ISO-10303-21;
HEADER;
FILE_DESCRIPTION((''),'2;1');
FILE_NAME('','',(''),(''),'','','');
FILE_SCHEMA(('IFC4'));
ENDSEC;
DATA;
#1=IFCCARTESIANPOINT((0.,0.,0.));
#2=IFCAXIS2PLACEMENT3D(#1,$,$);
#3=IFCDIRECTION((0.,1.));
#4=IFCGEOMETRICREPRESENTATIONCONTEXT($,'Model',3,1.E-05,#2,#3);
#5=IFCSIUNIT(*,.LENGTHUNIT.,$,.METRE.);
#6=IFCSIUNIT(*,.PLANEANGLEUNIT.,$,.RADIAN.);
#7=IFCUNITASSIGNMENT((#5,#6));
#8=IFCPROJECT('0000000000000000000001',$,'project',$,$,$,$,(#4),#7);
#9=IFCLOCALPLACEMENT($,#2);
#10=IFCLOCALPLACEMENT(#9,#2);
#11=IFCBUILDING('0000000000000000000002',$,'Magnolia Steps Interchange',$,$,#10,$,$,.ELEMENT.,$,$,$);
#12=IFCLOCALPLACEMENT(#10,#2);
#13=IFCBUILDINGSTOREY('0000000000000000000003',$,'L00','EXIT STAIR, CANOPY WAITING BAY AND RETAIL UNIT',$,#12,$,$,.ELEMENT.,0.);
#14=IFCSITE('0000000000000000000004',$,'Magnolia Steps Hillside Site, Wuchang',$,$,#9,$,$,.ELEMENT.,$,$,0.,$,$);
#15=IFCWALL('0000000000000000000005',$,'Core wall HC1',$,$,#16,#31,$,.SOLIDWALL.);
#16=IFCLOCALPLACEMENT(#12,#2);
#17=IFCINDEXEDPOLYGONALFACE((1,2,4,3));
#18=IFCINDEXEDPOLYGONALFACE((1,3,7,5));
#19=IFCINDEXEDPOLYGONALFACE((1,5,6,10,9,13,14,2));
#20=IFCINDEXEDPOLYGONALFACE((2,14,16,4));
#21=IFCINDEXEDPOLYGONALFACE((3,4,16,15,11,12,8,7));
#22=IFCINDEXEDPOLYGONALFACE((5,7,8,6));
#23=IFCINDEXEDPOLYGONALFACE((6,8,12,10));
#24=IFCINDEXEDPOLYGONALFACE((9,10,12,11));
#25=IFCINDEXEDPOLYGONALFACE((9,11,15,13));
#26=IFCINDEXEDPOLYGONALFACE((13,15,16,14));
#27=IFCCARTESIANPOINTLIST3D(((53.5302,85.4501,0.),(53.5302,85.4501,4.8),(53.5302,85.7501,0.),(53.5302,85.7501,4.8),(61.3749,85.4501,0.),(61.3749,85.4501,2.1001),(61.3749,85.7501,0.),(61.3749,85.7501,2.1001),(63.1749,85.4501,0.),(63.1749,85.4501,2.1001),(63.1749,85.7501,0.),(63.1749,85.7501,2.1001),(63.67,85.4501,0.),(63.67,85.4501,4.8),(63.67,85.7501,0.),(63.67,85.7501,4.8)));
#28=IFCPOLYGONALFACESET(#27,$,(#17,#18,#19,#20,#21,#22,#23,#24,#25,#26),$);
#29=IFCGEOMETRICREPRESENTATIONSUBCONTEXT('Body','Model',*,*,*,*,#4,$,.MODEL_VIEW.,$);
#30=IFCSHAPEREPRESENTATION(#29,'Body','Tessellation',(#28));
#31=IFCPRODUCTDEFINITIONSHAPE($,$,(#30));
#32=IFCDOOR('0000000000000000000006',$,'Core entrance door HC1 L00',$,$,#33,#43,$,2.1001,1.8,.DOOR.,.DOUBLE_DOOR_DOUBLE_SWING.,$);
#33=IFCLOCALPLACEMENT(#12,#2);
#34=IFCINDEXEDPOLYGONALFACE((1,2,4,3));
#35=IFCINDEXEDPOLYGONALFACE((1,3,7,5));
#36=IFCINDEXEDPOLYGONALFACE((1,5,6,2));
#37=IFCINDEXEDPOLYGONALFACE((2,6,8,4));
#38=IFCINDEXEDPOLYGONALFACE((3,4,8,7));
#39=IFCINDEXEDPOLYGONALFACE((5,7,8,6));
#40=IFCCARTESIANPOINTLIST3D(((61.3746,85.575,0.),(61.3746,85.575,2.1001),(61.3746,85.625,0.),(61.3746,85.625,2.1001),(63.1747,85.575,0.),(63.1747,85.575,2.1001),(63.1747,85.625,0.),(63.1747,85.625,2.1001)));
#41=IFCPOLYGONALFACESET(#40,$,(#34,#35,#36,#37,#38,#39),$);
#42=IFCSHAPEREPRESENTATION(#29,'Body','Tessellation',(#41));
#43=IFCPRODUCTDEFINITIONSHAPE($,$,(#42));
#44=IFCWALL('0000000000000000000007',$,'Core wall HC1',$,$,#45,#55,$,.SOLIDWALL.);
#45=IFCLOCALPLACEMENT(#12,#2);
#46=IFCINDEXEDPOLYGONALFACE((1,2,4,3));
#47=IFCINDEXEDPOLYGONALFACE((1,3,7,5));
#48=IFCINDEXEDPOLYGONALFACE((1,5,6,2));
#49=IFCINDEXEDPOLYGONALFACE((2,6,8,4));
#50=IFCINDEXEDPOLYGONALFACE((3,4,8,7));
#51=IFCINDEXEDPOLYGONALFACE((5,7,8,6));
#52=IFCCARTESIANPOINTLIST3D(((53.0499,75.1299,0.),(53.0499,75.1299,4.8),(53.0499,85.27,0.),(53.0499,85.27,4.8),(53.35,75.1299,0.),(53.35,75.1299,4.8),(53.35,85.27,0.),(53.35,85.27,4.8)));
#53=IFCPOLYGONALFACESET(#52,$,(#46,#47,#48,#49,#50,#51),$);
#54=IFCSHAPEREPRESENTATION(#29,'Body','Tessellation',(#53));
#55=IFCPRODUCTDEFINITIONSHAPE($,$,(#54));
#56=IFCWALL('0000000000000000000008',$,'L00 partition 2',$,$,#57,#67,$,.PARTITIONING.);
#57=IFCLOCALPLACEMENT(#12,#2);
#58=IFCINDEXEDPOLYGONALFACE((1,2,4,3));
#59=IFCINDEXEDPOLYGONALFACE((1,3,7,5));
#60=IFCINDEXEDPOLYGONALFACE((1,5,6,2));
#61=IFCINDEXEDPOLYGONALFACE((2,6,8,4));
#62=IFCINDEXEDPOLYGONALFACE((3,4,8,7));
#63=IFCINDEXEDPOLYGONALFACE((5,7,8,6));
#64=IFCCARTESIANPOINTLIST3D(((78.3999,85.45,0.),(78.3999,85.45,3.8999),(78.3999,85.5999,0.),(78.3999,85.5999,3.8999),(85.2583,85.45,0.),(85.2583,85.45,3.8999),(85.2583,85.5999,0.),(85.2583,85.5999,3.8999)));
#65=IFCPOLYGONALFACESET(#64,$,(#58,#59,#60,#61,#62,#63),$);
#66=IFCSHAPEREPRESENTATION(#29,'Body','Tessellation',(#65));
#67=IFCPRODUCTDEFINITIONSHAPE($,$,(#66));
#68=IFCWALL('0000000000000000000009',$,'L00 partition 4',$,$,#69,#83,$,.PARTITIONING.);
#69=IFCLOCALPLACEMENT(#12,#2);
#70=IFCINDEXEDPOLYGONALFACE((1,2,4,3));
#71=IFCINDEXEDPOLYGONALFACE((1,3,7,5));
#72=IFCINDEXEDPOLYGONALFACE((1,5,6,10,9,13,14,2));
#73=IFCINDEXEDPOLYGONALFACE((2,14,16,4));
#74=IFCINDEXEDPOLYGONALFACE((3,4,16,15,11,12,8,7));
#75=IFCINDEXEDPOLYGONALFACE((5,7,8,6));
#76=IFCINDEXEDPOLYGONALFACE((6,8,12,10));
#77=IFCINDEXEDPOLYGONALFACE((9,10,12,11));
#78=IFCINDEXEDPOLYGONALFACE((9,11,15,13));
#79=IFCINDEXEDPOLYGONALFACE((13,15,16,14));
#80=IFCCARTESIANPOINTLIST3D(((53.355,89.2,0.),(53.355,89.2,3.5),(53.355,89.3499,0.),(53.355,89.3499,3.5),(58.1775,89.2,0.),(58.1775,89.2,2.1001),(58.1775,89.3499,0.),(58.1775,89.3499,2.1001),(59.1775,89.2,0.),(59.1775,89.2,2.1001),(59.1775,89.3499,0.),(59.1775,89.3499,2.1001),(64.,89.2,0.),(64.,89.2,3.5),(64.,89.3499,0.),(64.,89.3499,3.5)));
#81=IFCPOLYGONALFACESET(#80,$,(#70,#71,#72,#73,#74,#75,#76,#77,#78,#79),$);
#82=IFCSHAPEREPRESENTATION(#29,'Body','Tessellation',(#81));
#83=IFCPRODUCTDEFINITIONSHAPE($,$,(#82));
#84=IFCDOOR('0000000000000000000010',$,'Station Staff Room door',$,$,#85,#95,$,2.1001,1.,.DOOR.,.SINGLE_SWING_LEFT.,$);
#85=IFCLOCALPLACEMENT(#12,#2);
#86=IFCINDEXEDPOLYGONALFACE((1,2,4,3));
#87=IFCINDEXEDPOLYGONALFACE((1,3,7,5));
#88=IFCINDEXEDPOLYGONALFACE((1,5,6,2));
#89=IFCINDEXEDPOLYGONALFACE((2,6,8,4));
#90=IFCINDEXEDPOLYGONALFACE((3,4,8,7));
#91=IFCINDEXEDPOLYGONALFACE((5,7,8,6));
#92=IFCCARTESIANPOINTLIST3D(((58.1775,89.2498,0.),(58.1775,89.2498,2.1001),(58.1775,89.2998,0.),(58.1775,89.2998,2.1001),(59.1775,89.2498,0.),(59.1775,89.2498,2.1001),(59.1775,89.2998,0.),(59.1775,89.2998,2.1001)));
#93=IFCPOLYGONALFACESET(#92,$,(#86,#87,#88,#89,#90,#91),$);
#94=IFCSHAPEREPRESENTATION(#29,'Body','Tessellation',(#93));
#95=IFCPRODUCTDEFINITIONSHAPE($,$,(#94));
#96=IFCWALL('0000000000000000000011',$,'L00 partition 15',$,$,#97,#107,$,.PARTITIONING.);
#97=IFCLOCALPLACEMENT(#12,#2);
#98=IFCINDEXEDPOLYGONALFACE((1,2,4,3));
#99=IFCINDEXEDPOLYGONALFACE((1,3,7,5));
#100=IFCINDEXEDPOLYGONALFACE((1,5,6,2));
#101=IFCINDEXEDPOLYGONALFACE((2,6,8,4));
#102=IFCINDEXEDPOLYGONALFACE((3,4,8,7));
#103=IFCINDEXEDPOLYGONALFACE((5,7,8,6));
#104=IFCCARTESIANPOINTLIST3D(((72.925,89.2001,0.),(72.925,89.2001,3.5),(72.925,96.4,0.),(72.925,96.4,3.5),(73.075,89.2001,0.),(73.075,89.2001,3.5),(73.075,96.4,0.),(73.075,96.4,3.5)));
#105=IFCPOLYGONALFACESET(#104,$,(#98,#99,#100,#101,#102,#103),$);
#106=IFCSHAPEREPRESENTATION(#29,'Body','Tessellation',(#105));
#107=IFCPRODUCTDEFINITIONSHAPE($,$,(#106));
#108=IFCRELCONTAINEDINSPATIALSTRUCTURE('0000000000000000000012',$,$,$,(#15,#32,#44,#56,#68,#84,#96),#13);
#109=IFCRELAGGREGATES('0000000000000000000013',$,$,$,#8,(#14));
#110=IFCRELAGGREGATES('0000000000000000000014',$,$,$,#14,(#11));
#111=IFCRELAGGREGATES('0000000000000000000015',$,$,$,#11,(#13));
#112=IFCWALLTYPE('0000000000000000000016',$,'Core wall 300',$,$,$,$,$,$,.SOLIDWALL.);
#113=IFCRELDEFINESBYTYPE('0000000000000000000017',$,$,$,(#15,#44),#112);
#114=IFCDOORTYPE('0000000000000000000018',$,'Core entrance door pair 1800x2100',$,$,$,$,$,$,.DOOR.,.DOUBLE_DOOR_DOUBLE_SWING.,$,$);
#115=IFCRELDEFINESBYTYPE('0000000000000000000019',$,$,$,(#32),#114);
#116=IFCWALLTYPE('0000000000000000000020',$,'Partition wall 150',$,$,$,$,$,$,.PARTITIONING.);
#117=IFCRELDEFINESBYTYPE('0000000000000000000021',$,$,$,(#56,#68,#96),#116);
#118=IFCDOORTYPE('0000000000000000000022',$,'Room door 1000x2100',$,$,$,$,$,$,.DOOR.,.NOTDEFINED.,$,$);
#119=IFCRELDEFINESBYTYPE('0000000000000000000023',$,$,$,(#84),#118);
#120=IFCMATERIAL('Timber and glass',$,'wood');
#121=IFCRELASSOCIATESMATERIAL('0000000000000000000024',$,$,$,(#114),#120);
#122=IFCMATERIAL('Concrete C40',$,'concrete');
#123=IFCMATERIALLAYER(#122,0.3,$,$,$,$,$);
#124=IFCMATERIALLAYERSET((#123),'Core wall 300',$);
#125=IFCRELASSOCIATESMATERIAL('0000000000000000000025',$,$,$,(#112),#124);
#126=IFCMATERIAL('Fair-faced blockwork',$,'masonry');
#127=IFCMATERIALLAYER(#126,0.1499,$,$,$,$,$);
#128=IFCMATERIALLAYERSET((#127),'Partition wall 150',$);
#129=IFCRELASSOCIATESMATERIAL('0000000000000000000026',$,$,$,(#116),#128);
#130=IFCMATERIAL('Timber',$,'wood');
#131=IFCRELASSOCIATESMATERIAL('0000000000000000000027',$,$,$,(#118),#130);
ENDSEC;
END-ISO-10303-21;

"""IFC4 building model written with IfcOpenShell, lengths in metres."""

from ifc_helpers import new_model, si_unit, direction, frame, frame_2d, origin, place, context, subcontext, project, spatial, rectangle, extrude, material, layer, layer_set, type_object, element, fill, save


model = new_model("IFC4")

# Units and contexts
model_context = context("Model", 3, precision=1e-05, world=origin(), true_north=direction((0.0, 1.0)))
body_context = subcontext(model_context, "Body", "Model", "MODEL_VIEW")
ifc_project = project(units=[si_unit("LENGTHUNIT", "METRE"), si_unit("PLANEANGLEUNIT", "RADIAN")], contexts=[model_context])

# Site, building, storey
site_placement = place(None, origin())
site = spatial("IfcSite", under=ifc_project, at=site_placement, Name="Magnolia Steps Hillside Site, Wuchang", CompositionType="ELEMENT", RefElevation=0.0)
building_placement = place(site_placement, origin())
building = spatial("IfcBuilding", under=site, at=building_placement, Name="Magnolia Steps Interchange", CompositionType="ELEMENT")
storey_placement = place(building_placement, origin())
storey = spatial("IfcBuildingStorey", under=building, at=storey_placement, Name="L00", Description="EXIT STAIR, CANOPY WAITING BAY AND RETAIL UNIT", CompositionType="ELEMENT", Elevation=0.0)

# Wall, opening, door
ifc_material_1 = material(Name="Timber and glass", Category="wood")
door_type_1 = type_object("IfcDoorType", Name="Core entrance door pair 1800x2100", OperationType="DOUBLE_DOOR_DOUBLE_SWING", PredefinedType="DOOR", material=ifc_material_1)
ifc_material_2 = material(Name="Concrete C40", Category="concrete")
ifc_layer_1 = layer(ifc_material_2, 0.3)
ifc_layer_set_1 = layer_set([ifc_layer_1], Name="Core wall 300")
wall_type_1 = type_object("IfcWallType", Name="Core wall 300", PredefinedType="SOLIDWALL", material=ifc_layer_set_1)
wall_1_placement = place(storey_placement, frame((63.6699, 85.6001, 0.0), z_axis=(0.0, 0.0, 1.0), x_axis=(-1.0, 0.0, 0.0)))
wall_1 = element("IfcWall", 1, at=wall_1_placement, inside=storey, type_object=wall_type_1, Name="Core wall HC1", PredefinedType="SOLIDWALL", context=body_context, shape_type="SweptSolid", body=[
    extrude(rectangle(XDim=10.1399, YDim=0.3, at=frame_2d((5.0698, 0.0))), origin(), (0.0, 0.0, 1.0), 4.8),
])
opening_1_placement = place(wall_1_placement, frame((0.4951, 0.0, 0.0)))
opening_1 = element("IfcOpeningElement", 2, at=opening_1_placement, cuts=wall_1, PredefinedType="OPENING", context=body_context, shape_type="SweptSolid", body=[
    extrude(rectangle(XDim=1.8, YDim=2.1001, at=frame_2d((0.8999, 1.05))), frame((0.0, 0.1599, 0.0), z_axis=(0.0, -1.0, 0.0), x_axis=(1.0, 0.0, 0.0)), (0.0, 0.0, 1.0), 0.3201),
])
door_1_placement = place(opening_1_placement, frame((1.8, 0.0, 0.0), z_axis=(0.0, 0.0, 1.0), x_axis=(-1.0, 0.0, 0.0)))
door_1 = element("IfcDoor", 3, at=door_1_placement, inside=storey, type_object=door_type_1, Name="Core entrance door HC1 L00", OperationType="DOUBLE_DOOR_DOUBLE_SWING", OverallHeight=2.1001, OverallWidth=1.8, PredefinedType="DOOR", context=body_context, shape_type="SweptSolid", body=[
    extrude(rectangle(XDim=1.8, YDim=2.1001, at=frame_2d((0.8999, 1.05))), frame((0.0, 0.0249, 0.0), z_axis=(0.0, -1.0, 0.0), x_axis=(1.0, 0.0, 0.0)), (0.0, 0.0, 1.0), 0.05),
])
fill(opening_1, door_1)

# Walls
wall_2_placement = place(storey_placement, frame((53.2, 85.27, 0.0), z_axis=(0.0, 0.0, 1.0), x_axis=(0.0, -1.0, 0.0)))
element("IfcWall", 4, at=wall_2_placement, inside=storey, type_object=wall_type_1, Name="Core wall HC1", PredefinedType="SOLIDWALL", context=body_context, shape_type="SweptSolid", body=[
    extrude(rectangle(XDim=10.1401, YDim=0.3, at=frame_2d((5.0701, 0.0))), origin(), (0.0, 0.0, 1.0), 4.8),
])
ifc_material_3 = material(Name="Fair-faced blockwork", Category="masonry")
ifc_layer_2 = layer(ifc_material_3, 0.1499)
ifc_layer_set_2 = layer_set([ifc_layer_2], Name="Partition wall 150")
wall_type_2 = type_object("IfcWallType", Name="Partition wall 150", PredefinedType="PARTITIONING", material=ifc_layer_set_2)
wall_3_placement = place(storey_placement, frame((78.3999, 85.5249, 0.0), z_axis=(0.0, 0.0, 1.0), x_axis=(1.0, 0.0, 0.0)))
element("IfcWall", 5, at=wall_3_placement, inside=storey, type_object=wall_type_2, Name="L00 partition 2", PredefinedType="PARTITIONING", context=body_context, shape_type="SweptSolid", body=[
    extrude(rectangle(XDim=6.8584, YDim=0.1499, at=frame_2d((3.4292, 0.0))), origin(), (0.0, 0.0, 1.0), 3.8999),
])

# Wall, opening, door
wall_4_placement = place(storey_placement, frame((53.355, 89.2749, 0.0), z_axis=(0.0, 0.0, 1.0), x_axis=(1.0, 0.0, 0.0)))
wall_4 = element("IfcWall", 6, at=wall_4_placement, inside=storey, type_object=wall_type_2, Name="L00 partition 4", PredefinedType="PARTITIONING", context=body_context, shape_type="SweptSolid", body=[
    extrude(rectangle(XDim=10.645, YDim=0.1499, at=frame_2d((5.3225, 0.0))), origin(), (0.0, 0.0, 1.0), 3.5),
])
opening_2_placement = place(wall_4_placement, frame((4.8225, 0.0, 0.0)))
opening_2 = element("IfcOpeningElement", 7, at=opening_2_placement, cuts=wall_4, PredefinedType="OPENING", context=body_context, shape_type="SweptSolid", body=[
    extrude(rectangle(XDim=1.0, YDim=2.1001, at=frame_2d((0.5, 1.05))), frame((0.0, 0.085, 0.0), z_axis=(0.0, -1.0, 0.0), x_axis=(1.0, 0.0, 0.0)), (0.0, 0.0, 1.0), 0.1699),
])
ifc_material_4 = material(Name="Timber", Category="wood")
door_type_2 = type_object("IfcDoorType", Name="Room door 1000x2100", OperationType="NOTDEFINED", PredefinedType="DOOR", material=ifc_material_4)
door_2_placement = place(opening_2_placement, origin())
door_2 = element("IfcDoor", 8, at=door_2_placement, inside=storey, type_object=door_type_2, Name="Station Staff Room door", OperationType="SINGLE_SWING_LEFT", OverallHeight=2.1001, OverallWidth=1.0, PredefinedType="DOOR", context=body_context, shape_type="SweptSolid", body=[
    extrude(rectangle(XDim=1.0, YDim=2.1001, at=frame_2d((0.5, 1.05))), frame((0.0, 0.0249, 0.0), z_axis=(0.0, -1.0, 0.0), x_axis=(1.0, 0.0, 0.0)), (0.0, 0.0, 1.0), 0.05),
])
fill(opening_2, door_2)

# Wall
wall_5_placement = place(storey_placement, frame((73.0, 89.2, 0.0), z_axis=(0.0, 0.0, 1.0), x_axis=(0.0, 1.0, 0.0)))
element("IfcWall", 9, at=wall_5_placement, inside=storey, type_object=wall_type_2, Name="L00 partition 15", PredefinedType="PARTITIONING", context=body_context, shape_type="SweptSolid", body=[
    extrude(rectangle(XDim=7.2, YDim=0.1499, at=frame_2d((3.6001, 0.0))), origin(), (0.0, 0.0, 1.0), 3.5),
])

save(model, "model.ifc")
